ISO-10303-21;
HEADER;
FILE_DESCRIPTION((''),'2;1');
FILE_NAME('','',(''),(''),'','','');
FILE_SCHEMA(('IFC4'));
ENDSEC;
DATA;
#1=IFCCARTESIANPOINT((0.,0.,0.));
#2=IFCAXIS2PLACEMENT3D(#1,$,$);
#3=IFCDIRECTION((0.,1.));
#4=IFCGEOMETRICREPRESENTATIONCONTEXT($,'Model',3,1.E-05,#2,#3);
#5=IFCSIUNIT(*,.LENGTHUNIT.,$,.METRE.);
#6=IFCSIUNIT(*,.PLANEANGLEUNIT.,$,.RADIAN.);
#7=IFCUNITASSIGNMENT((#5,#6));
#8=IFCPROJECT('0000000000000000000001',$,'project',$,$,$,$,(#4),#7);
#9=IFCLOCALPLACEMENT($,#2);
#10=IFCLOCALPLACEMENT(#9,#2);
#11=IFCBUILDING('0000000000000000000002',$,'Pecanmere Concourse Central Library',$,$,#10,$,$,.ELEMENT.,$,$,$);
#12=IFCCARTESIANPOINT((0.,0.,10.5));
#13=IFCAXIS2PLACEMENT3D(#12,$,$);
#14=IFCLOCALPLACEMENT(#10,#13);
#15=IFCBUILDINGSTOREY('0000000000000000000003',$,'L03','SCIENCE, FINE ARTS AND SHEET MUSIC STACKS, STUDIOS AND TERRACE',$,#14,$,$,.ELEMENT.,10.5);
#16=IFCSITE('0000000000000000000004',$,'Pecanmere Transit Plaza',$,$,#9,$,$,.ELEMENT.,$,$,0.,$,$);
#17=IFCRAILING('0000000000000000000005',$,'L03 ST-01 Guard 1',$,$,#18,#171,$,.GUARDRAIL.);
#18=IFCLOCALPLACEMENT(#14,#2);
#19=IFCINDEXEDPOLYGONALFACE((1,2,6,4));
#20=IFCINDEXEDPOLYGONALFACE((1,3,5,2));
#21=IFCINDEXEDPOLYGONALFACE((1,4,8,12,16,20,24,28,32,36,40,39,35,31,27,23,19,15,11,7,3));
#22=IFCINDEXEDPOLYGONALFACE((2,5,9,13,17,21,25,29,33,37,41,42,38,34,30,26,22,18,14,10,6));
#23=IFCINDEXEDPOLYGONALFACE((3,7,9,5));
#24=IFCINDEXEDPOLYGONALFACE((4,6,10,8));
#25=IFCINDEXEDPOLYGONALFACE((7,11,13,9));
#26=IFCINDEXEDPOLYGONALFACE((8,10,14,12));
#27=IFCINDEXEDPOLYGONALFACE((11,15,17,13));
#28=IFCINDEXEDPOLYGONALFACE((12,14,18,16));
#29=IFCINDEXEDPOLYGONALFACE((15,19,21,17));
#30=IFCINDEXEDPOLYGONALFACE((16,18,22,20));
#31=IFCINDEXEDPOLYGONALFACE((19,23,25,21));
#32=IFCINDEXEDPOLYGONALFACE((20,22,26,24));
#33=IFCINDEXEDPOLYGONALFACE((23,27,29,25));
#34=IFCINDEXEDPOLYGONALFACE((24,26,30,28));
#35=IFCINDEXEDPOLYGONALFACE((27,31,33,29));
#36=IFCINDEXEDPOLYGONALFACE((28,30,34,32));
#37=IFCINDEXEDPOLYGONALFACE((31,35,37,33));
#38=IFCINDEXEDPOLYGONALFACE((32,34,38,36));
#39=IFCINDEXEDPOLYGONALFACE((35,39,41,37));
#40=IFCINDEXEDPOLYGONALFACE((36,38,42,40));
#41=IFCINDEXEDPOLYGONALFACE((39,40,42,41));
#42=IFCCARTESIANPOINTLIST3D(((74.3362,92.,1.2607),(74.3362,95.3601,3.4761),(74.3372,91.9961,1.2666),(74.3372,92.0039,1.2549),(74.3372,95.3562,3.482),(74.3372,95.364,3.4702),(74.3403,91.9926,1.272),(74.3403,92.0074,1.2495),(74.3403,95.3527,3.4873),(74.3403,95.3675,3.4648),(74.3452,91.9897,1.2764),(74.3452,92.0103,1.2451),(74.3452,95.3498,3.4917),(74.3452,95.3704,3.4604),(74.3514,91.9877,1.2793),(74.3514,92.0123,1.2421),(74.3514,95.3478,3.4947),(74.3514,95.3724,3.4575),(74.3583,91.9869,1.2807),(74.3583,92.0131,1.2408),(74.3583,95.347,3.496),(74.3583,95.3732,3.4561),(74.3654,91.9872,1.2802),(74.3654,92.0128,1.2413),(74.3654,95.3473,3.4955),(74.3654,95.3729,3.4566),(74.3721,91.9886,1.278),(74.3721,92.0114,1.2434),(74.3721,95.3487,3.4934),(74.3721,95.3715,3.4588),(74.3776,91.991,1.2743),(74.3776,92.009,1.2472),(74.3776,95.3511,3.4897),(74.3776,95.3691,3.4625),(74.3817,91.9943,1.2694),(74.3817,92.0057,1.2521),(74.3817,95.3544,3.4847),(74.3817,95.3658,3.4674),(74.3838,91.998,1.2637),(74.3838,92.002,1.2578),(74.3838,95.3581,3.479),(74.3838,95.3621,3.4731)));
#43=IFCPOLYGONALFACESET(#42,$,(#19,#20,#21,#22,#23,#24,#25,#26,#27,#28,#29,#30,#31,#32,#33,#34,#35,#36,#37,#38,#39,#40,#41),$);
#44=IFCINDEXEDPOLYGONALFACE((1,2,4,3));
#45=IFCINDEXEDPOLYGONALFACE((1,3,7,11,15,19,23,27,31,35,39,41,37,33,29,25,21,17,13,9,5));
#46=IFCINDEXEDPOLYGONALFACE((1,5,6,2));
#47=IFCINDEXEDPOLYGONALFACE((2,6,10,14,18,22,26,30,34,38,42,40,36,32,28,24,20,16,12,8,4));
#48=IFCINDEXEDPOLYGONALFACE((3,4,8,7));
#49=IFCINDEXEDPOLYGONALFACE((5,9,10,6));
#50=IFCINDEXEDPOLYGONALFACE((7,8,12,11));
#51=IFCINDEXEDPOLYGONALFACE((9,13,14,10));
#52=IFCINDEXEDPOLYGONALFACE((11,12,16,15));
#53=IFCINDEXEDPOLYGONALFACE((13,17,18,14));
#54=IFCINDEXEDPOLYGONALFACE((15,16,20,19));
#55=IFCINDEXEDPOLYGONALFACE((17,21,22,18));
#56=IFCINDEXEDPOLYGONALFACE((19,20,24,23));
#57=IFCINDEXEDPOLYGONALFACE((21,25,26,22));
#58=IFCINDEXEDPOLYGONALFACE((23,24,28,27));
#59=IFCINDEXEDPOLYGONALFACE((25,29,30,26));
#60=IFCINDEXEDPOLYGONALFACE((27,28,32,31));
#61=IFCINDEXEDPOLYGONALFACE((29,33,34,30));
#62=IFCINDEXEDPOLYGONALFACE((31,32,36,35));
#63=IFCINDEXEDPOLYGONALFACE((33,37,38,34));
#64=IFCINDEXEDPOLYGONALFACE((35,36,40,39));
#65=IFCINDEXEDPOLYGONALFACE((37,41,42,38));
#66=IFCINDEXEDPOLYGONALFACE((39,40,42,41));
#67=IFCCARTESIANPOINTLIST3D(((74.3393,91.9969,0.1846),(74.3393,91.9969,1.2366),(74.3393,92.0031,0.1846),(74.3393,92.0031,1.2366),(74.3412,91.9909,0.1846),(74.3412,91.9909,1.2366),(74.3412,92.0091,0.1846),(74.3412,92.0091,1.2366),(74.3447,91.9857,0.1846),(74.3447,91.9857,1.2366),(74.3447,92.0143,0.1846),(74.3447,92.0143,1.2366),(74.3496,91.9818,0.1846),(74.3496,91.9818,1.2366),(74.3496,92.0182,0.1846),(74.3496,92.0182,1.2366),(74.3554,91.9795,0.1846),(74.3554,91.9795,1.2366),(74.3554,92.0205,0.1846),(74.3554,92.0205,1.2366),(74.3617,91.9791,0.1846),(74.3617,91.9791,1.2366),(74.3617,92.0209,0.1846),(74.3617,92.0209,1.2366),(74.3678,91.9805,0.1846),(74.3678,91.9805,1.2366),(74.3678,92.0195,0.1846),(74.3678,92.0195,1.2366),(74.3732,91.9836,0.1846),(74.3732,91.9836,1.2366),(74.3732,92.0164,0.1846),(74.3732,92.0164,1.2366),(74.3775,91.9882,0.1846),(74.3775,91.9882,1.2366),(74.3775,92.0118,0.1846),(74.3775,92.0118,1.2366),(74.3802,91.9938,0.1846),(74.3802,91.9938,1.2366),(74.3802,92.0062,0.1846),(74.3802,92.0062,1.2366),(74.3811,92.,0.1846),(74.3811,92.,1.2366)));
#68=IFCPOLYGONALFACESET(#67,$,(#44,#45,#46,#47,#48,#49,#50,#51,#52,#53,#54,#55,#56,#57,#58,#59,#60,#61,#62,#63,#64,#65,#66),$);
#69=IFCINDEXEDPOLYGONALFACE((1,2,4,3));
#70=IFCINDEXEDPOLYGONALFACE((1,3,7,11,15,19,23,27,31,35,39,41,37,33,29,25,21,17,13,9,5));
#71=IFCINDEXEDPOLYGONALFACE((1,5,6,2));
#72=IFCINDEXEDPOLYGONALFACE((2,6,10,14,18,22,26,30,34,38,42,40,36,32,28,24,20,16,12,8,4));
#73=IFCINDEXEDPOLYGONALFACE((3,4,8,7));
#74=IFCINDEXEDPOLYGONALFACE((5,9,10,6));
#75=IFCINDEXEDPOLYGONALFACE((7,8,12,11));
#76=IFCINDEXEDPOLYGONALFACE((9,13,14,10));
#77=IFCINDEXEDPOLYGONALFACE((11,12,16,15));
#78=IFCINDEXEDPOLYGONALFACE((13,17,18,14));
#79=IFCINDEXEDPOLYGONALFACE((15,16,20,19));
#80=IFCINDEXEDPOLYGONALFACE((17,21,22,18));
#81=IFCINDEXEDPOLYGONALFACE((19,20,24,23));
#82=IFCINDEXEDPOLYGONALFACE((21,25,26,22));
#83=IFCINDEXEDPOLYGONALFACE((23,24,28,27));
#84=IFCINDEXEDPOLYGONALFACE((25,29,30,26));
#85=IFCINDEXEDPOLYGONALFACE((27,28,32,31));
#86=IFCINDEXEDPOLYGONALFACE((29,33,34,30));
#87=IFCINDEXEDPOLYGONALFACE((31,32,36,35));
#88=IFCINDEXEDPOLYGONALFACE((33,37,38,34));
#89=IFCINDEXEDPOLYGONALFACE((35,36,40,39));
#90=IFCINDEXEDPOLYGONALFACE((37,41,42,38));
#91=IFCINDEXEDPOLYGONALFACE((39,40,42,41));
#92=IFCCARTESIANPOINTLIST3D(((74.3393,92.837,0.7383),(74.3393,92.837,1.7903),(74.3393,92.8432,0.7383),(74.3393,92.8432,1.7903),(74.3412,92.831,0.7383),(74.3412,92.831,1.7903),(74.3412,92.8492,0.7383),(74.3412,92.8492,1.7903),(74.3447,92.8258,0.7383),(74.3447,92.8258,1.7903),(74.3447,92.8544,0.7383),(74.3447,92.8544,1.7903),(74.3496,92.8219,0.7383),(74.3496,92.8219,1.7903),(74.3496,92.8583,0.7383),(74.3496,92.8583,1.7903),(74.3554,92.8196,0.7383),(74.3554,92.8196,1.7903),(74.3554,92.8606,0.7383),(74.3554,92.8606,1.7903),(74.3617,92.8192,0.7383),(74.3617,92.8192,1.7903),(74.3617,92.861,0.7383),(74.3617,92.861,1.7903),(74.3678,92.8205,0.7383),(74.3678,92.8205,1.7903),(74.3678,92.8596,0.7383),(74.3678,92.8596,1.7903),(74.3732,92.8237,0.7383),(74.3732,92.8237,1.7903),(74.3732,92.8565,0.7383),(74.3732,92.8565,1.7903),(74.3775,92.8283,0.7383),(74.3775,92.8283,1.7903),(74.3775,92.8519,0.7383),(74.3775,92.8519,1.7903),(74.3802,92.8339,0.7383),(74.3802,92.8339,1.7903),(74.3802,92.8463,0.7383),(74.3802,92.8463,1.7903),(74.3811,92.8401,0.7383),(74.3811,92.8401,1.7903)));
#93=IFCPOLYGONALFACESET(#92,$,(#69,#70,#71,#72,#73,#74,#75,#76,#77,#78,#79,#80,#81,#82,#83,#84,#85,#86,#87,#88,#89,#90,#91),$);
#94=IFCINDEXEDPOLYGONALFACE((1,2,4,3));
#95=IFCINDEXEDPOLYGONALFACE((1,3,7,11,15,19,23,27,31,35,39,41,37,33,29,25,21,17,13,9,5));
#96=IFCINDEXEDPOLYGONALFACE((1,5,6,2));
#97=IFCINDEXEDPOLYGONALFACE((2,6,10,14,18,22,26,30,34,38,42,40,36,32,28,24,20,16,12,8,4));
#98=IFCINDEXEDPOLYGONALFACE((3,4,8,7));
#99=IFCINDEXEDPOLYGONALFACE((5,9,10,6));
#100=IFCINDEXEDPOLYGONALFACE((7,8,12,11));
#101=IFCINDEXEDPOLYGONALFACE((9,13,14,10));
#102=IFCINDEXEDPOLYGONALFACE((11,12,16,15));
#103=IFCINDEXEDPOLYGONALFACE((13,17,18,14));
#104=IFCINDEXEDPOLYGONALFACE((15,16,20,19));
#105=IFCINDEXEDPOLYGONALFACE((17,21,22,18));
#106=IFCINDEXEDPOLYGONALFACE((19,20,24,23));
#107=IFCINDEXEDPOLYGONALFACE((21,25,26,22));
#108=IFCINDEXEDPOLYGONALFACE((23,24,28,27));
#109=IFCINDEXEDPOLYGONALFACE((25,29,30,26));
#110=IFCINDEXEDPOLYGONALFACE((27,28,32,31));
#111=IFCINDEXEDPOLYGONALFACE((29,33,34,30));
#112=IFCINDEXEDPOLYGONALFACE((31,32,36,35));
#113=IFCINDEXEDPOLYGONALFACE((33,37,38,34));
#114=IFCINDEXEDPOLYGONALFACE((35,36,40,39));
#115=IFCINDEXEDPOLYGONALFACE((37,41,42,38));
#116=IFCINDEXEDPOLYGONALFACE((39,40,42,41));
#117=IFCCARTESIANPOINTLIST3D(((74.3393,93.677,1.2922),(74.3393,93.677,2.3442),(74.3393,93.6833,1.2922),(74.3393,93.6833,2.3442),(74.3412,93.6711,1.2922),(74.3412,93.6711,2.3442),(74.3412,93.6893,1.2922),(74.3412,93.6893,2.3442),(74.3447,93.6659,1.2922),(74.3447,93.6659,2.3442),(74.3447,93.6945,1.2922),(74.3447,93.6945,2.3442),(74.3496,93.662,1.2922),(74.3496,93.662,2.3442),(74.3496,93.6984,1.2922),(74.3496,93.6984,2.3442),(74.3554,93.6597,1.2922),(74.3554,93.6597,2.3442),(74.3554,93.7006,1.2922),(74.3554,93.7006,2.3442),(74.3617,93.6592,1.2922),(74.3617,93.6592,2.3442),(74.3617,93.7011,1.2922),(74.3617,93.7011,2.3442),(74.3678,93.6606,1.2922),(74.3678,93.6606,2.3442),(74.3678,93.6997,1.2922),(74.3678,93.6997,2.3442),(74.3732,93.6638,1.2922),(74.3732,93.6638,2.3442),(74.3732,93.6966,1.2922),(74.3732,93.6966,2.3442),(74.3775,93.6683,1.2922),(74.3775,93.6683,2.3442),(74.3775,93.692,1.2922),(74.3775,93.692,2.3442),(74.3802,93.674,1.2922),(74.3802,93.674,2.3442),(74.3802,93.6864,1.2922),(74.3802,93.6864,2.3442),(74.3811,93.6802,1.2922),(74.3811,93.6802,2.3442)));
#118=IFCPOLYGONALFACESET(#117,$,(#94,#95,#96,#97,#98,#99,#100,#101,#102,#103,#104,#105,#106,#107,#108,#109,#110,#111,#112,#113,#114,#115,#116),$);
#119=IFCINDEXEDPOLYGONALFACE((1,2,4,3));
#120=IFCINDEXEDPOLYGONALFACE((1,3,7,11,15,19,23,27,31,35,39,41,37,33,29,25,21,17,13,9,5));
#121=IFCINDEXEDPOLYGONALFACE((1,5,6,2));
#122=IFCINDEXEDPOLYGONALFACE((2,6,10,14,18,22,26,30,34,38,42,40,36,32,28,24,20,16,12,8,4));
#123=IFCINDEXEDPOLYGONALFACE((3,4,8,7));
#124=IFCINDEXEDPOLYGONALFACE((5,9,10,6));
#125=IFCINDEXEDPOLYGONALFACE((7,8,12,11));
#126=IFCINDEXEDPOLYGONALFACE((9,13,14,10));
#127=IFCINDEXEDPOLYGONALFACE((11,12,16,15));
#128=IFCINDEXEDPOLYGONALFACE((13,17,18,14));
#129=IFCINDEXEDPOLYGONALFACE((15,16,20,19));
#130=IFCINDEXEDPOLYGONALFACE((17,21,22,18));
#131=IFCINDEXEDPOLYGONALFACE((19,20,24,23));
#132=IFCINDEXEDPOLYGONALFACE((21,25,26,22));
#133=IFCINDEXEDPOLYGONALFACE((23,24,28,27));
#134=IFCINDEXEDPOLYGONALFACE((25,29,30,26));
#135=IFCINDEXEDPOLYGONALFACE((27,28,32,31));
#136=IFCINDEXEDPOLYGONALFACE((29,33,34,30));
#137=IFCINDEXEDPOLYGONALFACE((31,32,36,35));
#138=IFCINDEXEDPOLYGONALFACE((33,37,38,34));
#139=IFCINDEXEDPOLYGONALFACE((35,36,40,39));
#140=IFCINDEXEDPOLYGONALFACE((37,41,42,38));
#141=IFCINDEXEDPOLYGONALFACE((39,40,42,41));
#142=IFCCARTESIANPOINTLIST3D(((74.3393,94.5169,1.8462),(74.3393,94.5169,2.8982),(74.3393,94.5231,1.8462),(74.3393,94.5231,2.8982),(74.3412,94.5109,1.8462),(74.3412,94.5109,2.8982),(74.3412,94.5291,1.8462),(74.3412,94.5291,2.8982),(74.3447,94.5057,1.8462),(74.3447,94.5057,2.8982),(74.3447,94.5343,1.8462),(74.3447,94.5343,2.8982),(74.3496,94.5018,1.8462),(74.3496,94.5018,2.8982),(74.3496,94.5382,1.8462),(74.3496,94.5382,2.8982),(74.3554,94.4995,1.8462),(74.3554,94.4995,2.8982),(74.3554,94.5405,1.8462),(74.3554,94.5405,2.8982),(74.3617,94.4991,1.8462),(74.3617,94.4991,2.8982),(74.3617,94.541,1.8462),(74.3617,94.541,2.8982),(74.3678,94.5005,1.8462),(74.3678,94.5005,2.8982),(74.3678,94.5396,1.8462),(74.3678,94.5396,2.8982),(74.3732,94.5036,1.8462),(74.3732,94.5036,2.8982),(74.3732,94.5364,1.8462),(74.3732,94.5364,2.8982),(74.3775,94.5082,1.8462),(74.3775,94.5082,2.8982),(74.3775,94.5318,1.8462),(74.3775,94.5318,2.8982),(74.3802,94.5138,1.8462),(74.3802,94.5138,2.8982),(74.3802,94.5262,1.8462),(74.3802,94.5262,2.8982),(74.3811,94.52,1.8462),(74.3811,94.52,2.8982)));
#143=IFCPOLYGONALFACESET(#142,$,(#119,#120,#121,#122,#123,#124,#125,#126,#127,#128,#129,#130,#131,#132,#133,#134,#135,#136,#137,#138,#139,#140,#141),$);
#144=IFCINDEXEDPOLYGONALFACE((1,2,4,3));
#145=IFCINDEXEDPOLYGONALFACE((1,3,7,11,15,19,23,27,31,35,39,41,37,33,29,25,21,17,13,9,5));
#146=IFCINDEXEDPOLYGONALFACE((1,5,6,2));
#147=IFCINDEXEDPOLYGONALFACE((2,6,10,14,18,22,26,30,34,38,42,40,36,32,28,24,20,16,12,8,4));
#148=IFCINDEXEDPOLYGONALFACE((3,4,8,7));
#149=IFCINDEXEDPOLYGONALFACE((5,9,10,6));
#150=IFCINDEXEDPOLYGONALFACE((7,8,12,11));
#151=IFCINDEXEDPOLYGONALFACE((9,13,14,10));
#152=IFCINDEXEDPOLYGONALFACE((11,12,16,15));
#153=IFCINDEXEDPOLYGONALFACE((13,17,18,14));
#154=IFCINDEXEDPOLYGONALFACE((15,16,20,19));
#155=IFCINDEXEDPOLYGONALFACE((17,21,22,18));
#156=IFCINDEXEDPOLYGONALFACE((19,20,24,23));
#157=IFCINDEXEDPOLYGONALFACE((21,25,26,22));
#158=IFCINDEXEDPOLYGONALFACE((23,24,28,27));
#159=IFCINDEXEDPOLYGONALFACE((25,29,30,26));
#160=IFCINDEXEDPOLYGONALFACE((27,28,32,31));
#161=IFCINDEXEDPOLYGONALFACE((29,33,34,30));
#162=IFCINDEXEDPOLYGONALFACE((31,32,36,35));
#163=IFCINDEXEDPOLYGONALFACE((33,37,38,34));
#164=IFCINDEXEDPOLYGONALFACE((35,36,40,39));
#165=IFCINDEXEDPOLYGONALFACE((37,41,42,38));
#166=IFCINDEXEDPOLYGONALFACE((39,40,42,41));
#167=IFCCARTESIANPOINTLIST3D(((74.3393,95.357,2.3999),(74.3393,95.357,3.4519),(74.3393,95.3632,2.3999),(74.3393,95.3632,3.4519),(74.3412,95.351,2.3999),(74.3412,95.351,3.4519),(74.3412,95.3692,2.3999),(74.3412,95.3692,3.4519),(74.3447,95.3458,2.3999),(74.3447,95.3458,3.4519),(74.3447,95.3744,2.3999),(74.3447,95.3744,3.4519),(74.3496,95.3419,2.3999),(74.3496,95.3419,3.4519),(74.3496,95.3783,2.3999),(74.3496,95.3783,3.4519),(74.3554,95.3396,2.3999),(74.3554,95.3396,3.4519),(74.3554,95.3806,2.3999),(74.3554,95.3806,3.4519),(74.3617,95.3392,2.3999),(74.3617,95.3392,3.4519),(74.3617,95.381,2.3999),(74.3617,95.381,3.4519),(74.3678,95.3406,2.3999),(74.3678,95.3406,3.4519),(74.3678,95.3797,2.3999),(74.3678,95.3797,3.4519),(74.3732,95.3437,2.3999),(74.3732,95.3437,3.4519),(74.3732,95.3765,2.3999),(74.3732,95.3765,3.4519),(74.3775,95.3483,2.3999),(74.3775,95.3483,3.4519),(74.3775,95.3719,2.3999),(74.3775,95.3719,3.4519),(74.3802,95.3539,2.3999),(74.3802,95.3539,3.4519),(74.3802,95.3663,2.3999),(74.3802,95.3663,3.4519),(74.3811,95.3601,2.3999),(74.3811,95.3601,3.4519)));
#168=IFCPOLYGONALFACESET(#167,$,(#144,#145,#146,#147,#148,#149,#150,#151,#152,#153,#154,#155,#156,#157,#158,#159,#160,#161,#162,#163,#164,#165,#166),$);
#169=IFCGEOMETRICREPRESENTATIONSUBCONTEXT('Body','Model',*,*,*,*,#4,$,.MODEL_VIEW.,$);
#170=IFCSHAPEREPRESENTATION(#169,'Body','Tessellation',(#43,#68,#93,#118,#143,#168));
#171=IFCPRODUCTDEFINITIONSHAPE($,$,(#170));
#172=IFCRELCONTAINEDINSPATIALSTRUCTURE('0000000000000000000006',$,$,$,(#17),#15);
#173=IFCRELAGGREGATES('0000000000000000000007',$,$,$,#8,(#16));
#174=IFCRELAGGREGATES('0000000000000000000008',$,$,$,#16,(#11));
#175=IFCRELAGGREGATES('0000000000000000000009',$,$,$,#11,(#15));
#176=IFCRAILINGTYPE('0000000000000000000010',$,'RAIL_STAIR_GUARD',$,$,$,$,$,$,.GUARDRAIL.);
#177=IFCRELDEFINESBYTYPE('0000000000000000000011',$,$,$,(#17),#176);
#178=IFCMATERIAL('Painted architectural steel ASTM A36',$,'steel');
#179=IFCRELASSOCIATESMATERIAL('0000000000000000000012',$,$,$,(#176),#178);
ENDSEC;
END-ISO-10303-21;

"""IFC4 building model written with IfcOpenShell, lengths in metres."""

from ifc_helpers import new_model, si_unit, direction, frame, origin, origin_2d, place, context, subcontext, project, spatial, circle, extrude, material, type_object, element, save


model = new_model("IFC4")

# Units and contexts
model_context = context("Model", 3, precision=1e-05, world=origin(), true_north=direction((0.0, 1.0)))
body_context = subcontext(model_context, "Body", "Model", "MODEL_VIEW")
ifc_project = project(units=[si_unit("LENGTHUNIT", "METRE"), si_unit("PLANEANGLEUNIT", "RADIAN")], contexts=[model_context])

# Site, building, storey
site_placement = place(None, origin())
site = spatial("IfcSite", under=ifc_project, at=site_placement, Name="Pecanmere Transit Plaza", CompositionType="ELEMENT", RefElevation=0.0)
building_placement = place(site_placement, origin())
building = spatial("IfcBuilding", under=site, at=building_placement, Name="Pecanmere Concourse Central Library", CompositionType="ELEMENT")
storey_placement = place(building_placement, frame((0.0, 0.0, 10.5)))
storey = spatial("IfcBuildingStorey", under=building, at=storey_placement, Name="L03", Description="SCIENCE, FINE ARTS AND SHEET MUSIC STACKS, STUDIOS AND TERRACE", CompositionType="ELEMENT", Elevation=10.5)

# Railing
ifc_material_1 = material(Name="Painted architectural steel ASTM A36", Category="steel")
railing_type_1 = type_object("IfcRailingType", Name="RAIL_STAIR_GUARD", PredefinedType="GUARDRAIL", material=ifc_material_1)
railing_1_placement = place(storey_placement, frame((74.3601, 92.0, 0.1846)))
element("IfcRailing", 1, at=railing_1_placement, inside=storey, type_object=railing_type_1, Name="L03 ST-01 Guard 1", PredefinedType="GUARDRAIL", context=body_context, shape_type="SweptSolid", body=[
    extrude(circle(Radius=0.0239, at=origin_2d()), frame((0.0, 0.0, 1.0762), z_axis=(0.0, 0.834876, 0.550437), x_axis=(-1.0, 0.0, 0.0)), (0.0, 0.0, 1.0), 4.0247),
    extrude(circle(Radius=0.021, at=origin_2d()), origin(), (0.0, 0.0, 1.0), 1.052),
    extrude(circle(Radius=0.021, at=origin_2d()), frame((0.0, 0.8401, 0.5537)), (0.0, 0.0, 1.0), 1.052),
    extrude(circle(Radius=0.021, at=origin_2d()), frame((0.0, 1.6802, 1.1077)), (0.0, 0.0, 1.0), 1.052),
    extrude(circle(Radius=0.021, at=origin_2d()), frame((0.0, 2.52, 1.6616)), (0.0, 0.0, 1.0), 1.052),
    extrude(circle(Radius=0.021, at=origin_2d()), frame((0.0, 3.3601, 2.2153)), (0.0, 0.0, 1.0), 1.052),
])

save(model, "model.ifc")
